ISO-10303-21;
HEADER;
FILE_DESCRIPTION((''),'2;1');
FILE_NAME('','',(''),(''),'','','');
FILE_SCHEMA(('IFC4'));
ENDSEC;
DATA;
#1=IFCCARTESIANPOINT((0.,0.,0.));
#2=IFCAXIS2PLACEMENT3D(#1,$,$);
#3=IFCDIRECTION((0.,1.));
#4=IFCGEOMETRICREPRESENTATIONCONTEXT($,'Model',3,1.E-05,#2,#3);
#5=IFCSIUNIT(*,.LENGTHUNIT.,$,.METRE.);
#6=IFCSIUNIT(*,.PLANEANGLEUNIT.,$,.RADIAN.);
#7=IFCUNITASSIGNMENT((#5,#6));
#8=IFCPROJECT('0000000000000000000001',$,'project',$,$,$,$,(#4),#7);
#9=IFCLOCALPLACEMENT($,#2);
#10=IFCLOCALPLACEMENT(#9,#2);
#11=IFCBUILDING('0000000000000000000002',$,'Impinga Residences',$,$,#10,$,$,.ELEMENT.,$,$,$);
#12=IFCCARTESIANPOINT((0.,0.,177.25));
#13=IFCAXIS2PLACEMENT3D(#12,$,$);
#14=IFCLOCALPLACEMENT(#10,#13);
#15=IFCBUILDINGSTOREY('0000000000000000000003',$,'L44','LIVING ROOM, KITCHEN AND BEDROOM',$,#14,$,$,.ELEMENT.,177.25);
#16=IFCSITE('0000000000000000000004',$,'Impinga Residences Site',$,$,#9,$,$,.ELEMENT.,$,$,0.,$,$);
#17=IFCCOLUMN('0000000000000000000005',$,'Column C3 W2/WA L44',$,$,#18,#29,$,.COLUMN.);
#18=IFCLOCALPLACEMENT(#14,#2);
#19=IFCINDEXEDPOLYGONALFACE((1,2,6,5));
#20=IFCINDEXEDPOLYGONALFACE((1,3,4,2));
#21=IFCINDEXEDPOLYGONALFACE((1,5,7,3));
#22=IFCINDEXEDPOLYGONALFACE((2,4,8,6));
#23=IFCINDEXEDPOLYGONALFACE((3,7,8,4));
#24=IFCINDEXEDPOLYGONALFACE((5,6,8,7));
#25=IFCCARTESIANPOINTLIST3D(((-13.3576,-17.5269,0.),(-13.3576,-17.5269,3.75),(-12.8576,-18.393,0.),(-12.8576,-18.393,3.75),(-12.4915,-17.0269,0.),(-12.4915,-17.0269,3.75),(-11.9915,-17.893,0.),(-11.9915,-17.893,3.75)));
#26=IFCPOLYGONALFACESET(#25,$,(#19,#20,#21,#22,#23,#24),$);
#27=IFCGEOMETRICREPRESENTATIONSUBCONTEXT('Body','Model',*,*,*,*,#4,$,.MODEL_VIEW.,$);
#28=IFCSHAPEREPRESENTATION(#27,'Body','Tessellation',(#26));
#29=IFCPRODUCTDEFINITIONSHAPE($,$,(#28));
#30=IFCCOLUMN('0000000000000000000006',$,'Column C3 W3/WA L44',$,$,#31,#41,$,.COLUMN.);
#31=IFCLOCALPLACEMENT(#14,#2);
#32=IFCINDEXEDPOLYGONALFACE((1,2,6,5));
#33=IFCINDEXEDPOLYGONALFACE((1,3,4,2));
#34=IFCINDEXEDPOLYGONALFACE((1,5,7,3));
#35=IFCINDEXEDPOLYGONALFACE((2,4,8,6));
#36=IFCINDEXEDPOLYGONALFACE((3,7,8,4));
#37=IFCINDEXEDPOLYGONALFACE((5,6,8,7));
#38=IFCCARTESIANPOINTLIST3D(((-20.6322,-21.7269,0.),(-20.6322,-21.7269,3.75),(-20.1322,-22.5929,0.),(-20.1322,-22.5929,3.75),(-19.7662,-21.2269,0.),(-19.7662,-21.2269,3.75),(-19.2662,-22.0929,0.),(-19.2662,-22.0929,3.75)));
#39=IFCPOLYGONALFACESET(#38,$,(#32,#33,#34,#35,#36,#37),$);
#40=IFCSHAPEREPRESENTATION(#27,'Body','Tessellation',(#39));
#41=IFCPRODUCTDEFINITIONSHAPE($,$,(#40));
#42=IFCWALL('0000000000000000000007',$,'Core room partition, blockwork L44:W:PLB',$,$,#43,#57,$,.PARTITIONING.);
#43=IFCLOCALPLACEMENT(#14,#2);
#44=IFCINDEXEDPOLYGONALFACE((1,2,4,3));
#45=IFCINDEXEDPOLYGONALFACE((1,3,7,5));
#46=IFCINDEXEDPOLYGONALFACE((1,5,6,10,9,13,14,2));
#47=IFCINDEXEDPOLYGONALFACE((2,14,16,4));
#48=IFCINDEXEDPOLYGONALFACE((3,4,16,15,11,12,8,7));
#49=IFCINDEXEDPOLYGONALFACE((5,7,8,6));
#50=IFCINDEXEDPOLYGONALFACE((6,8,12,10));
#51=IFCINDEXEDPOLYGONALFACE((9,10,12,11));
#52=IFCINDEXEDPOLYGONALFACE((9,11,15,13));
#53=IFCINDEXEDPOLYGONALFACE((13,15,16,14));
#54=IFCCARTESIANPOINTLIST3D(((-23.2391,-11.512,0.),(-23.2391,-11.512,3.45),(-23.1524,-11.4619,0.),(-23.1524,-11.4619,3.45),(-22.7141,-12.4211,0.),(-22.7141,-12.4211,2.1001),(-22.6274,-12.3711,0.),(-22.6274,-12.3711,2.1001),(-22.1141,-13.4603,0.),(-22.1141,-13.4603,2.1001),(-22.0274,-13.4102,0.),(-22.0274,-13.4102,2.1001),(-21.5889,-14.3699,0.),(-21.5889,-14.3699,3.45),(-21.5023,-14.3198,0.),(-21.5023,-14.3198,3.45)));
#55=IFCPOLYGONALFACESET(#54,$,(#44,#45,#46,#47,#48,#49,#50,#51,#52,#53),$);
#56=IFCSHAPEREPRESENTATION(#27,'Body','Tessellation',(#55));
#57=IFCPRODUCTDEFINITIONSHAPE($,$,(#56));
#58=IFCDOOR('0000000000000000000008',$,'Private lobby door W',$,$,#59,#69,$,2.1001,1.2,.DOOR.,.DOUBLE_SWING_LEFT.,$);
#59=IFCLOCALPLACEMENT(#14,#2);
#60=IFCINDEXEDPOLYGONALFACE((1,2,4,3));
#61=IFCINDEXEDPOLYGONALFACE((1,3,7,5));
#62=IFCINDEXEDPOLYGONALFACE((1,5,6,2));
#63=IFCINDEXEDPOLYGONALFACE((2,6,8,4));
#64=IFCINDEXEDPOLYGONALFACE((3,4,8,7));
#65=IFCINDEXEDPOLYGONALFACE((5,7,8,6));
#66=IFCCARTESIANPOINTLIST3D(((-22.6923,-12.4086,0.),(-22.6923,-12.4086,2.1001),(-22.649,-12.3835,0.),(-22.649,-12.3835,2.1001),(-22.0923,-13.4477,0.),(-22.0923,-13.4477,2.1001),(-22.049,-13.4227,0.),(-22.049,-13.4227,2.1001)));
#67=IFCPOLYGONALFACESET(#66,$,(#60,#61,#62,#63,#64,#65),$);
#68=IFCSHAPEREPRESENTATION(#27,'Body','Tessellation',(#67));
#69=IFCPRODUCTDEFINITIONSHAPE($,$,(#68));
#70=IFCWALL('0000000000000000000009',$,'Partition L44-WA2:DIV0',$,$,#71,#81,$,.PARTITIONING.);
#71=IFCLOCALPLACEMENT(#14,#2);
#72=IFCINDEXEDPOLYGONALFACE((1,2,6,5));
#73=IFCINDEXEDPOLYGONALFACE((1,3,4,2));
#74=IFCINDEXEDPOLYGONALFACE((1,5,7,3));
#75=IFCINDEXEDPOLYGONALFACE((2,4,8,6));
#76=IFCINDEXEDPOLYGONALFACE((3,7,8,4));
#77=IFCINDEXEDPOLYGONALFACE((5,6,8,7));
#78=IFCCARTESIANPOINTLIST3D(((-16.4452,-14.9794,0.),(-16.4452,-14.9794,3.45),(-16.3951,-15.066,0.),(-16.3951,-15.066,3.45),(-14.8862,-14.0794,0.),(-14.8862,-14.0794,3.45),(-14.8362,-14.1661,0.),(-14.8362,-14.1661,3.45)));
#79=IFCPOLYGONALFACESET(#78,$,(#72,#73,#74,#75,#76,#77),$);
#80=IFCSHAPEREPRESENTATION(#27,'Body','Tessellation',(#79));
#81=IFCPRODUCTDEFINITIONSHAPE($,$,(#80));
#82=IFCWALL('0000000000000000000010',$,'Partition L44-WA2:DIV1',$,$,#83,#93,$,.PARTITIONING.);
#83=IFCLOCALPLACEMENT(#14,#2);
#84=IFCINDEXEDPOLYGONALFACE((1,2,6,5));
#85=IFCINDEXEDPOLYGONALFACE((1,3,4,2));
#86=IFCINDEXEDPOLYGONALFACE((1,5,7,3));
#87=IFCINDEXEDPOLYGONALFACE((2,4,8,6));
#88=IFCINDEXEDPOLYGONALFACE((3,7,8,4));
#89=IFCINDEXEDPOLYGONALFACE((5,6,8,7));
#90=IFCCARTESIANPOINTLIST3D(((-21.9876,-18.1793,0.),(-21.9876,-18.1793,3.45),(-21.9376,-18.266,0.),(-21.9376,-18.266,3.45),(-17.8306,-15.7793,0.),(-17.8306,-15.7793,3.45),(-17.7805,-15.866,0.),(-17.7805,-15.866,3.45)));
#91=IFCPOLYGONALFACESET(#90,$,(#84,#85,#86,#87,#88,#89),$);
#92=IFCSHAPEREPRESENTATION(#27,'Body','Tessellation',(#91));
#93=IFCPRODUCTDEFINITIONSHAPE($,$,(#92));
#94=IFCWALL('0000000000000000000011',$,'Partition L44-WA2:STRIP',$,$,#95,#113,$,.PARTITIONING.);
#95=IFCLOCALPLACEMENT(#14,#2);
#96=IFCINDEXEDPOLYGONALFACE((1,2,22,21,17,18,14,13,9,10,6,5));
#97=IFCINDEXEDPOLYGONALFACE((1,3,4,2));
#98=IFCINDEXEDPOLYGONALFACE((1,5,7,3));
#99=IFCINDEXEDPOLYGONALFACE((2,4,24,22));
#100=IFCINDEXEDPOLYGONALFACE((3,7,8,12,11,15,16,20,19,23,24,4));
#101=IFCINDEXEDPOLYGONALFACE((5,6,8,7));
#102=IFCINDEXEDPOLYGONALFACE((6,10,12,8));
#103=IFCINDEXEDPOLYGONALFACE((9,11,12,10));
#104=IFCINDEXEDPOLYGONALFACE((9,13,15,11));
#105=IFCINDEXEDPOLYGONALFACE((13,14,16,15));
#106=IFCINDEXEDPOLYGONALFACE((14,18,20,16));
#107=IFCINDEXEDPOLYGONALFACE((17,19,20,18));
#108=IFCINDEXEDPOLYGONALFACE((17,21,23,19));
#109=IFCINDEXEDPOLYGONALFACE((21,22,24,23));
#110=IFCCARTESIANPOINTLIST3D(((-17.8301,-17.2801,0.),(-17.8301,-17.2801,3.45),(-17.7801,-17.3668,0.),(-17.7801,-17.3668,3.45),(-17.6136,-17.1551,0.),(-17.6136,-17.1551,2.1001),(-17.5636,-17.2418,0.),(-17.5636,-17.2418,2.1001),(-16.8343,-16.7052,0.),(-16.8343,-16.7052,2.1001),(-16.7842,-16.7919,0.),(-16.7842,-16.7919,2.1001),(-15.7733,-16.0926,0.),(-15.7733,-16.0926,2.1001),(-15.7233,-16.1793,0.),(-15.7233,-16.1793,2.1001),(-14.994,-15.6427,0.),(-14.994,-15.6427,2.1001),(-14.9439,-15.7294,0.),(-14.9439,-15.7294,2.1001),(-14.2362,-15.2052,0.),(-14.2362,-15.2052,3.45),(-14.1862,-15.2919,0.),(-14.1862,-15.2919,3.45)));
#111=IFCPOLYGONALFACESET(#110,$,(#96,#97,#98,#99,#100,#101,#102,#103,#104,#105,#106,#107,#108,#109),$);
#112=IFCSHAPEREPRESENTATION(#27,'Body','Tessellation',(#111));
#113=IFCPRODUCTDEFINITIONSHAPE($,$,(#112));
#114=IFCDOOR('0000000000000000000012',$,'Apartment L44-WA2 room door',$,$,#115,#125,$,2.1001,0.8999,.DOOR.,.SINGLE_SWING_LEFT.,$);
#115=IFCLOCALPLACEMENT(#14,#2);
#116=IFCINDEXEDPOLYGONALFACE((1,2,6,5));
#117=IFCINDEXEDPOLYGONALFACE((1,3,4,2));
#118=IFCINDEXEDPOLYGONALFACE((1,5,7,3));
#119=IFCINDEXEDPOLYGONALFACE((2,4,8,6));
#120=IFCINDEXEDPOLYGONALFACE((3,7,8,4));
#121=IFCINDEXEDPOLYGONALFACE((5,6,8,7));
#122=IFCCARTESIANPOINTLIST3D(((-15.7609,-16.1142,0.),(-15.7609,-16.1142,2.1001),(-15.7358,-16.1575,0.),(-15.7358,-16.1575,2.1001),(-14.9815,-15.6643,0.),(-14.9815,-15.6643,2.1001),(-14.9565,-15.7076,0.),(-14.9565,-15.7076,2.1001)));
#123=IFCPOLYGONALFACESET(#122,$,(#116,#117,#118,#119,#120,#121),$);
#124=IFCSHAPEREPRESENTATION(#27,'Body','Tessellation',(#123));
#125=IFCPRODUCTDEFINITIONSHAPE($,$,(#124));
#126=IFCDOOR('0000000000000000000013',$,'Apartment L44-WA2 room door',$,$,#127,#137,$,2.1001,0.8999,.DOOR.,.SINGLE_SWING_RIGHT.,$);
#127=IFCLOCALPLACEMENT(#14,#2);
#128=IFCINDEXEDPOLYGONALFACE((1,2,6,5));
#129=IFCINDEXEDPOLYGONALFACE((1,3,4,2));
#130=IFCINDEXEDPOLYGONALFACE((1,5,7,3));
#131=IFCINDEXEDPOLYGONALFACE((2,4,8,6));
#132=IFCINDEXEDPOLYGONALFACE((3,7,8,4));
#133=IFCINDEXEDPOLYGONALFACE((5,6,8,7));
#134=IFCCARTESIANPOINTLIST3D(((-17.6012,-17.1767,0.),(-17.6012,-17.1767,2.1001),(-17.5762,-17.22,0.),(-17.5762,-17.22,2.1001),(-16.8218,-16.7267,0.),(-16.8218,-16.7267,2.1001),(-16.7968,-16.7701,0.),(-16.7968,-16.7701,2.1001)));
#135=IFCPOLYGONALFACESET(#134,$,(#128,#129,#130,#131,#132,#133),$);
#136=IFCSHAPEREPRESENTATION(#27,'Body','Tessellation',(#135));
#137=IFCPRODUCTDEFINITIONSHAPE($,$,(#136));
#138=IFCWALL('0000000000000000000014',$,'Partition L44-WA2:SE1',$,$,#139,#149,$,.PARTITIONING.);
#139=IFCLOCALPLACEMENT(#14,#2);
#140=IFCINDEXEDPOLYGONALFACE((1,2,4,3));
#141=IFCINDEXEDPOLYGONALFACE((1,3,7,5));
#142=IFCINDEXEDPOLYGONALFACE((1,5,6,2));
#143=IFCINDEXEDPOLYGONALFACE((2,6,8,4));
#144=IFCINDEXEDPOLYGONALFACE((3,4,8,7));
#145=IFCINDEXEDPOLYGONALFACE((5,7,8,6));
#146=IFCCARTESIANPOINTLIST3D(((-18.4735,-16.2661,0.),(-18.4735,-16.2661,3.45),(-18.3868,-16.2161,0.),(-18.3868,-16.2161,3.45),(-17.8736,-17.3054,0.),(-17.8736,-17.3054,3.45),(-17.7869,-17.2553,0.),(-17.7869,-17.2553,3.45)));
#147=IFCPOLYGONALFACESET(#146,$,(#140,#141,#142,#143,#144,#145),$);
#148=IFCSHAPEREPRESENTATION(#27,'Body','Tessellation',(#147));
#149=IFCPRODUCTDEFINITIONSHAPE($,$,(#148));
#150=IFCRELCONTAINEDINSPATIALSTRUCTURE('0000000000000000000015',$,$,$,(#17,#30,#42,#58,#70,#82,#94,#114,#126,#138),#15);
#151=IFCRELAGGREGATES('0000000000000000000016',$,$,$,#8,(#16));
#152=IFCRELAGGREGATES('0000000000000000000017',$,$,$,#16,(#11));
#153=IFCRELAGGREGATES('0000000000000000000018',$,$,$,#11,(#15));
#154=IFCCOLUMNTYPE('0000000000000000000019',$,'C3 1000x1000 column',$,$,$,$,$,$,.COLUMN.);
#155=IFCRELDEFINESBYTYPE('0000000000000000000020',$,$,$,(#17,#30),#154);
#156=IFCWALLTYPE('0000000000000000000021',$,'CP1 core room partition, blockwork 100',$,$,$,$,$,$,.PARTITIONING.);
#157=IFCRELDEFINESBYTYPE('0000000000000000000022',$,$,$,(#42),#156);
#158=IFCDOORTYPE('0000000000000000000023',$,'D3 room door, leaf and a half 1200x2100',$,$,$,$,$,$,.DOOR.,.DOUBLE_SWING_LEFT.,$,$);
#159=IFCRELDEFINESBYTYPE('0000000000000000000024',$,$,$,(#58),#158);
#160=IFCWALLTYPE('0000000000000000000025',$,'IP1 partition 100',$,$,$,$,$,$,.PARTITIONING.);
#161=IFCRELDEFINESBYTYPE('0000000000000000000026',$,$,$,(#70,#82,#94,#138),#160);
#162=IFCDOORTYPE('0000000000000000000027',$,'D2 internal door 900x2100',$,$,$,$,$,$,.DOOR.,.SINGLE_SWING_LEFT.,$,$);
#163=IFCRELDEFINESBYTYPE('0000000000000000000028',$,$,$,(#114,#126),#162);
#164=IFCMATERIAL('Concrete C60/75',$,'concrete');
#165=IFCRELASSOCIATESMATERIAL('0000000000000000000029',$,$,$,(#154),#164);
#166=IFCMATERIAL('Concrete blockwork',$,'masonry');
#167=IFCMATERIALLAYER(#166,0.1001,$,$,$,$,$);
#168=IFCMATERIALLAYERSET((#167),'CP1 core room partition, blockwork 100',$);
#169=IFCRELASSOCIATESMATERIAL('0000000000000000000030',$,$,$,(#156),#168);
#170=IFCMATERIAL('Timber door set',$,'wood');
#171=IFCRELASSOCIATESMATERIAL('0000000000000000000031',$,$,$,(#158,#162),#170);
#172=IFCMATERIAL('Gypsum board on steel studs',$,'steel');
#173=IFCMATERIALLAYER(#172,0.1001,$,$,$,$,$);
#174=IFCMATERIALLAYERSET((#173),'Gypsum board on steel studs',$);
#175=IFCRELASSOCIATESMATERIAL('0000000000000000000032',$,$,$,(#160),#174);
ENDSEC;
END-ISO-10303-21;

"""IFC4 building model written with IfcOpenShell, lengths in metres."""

from ifc_helpers import new_model, si_unit, direction, frame, frame_2d, origin, origin_2d, place, context, subcontext, project, spatial, rectangle, extrude, material, layer, layer_set, material_profile, profile_set, type_object, element, fill, save


model = new_model("IFC4")

# Units and contexts
model_context = context("Model", 3, precision=1e-05, world=origin(), true_north=direction((0.0, 1.0)))
body_context = subcontext(model_context, "Body", "Model", "MODEL_VIEW")
ifc_project = project(units=[si_unit("LENGTHUNIT", "METRE"), si_unit("PLANEANGLEUNIT", "RADIAN")], contexts=[model_context])

# Site, building, storey
site_placement = place(None, origin())
site = spatial("IfcSite", under=ifc_project, at=site_placement, Name="Impinga Residences Site", CompositionType="ELEMENT", RefElevation=0.0)
building_placement = place(site_placement, origin())
building = spatial("IfcBuilding", under=site, at=building_placement, Name="Impinga Residences", CompositionType="ELEMENT")
storey_placement = place(building_placement, frame((0.0, 0.0, 177.25)))
storey = spatial("IfcBuildingStorey", under=building, at=storey_placement, Name="L44", Description="LIVING ROOM, KITCHEN AND BEDROOM", CompositionType="ELEMENT", Elevation=177.25)

# Columns
ifc_material_1 = material(Name="Concrete C60/75", Category="concrete")
ifc_material_profile = material_profile(ifc_material_1, rectangle(XDim=1.0, YDim=1.0, at=origin_2d()), Name="RC 1000x1000")
ifc_profile_set = profile_set([ifc_material_profile], Name="Concrete C60/75")
column_type = type_object("IfcColumnType", Name="C3 1000x1000 column", PredefinedType="COLUMN", material=ifc_profile_set)
for number, where, z_axis, x_axis, name in (
    (1, (-12.6746, -17.71, 0.0), (0.0, 0.0, 1.0), (-0.5, 0.866025, 0.0), "Column C3 W2/WA L44"),
    (2, (-19.9492, -21.9099, 0.0), (0.0, 0.0, 1.0), (-0.5, 0.866025, 0.0), "Column C3 W3/WA L44"),
):
    element("IfcColumn", number, at=place(storey_placement, frame(where, z_axis=z_axis, x_axis=x_axis)), inside=storey, type_object=column_type, Name=name, PredefinedType="COLUMN", context=body_context, shape_type="SweptSolid", body=[
        extrude(rectangle(XDim=1.0, YDim=1.0, at=origin_2d()), origin(), (0.0, 0.0, 1.0), 3.75),
    ])

# Wall, opening, door
ifc_material_2 = material(Name="Concrete blockwork", Category="masonry")
ifc_layer_1 = layer(ifc_material_2, 0.1001)
ifc_layer_set_1 = layer_set([ifc_layer_1], Name="CP1 core room partition, blockwork 100")
wall_type_1 = type_object("IfcWallType", Name="CP1 core room partition, blockwork 100", PredefinedType="PARTITIONING", material=ifc_layer_set_1)
wall_1_placement = place(storey_placement, frame((-21.5457, -14.3447, 0.0), z_axis=(0.0, 0.0, 1.0), x_axis=(-0.50003, 0.866008, 0.0)))
wall_1 = element("IfcWall", 3, at=wall_1_placement, inside=storey, type_object=wall_type_1, Name="Core room partition, blockwork L44:W:PLB", PredefinedType="PARTITIONING", context=body_context, shape_type="SweptSolid", body=[
    extrude(rectangle(XDim=3.3, YDim=0.1001, at=frame_2d((1.6499, 0.0))), origin(), (0.0, 0.0, 1.0), 3.45),
])
opening_1_placement = place(wall_1_placement, frame((1.05, 0.0, 0.0)))
opening_1 = element("IfcOpeningElement", 4, at=opening_1_placement, cuts=wall_1, PredefinedType="OPENING", context=body_context, shape_type="SweptSolid", body=[
    extrude(rectangle(XDim=1.2, YDim=2.1001, at=frame_2d((0.6001, 1.05))), frame((0.0, 0.0601, 0.0), z_axis=(0.0, -1.0, 0.0), x_axis=(1.0, 0.0, 0.0)), (0.0, 0.0, 1.0), 0.1201),
])
ifc_material_3 = material(Name="Timber door set", Category="wood")
door_type_1 = type_object("IfcDoorType", Name="D3 room door, leaf and a half 1200x2100", OperationType="DOUBLE_SWING_LEFT", PredefinedType="DOOR", material=ifc_material_3)
door_1_placement = place(opening_1_placement, origin())
door_1 = element("IfcDoor", 5, at=door_1_placement, inside=storey, type_object=door_type_1, Name="Private lobby door W", OperationType="DOUBLE_SWING_LEFT", OverallHeight=2.1001, OverallWidth=1.2, PredefinedType="DOOR", context=body_context, shape_type="SweptSolid", body=[
    extrude(rectangle(XDim=1.2, YDim=2.1001, at=frame_2d((0.6001, 1.05))), frame((0.0, 0.0249, 0.0), z_axis=(0.0, -1.0, 0.0), x_axis=(1.0, 0.0, 0.0)), (0.0, 0.0, 1.0), 0.05),
])
fill(opening_1, door_1)

# Walls
ifc_material_4 = material(Name="Gypsum board on steel studs", Category="steel")
ifc_layer_2 = layer(ifc_material_4, 0.1001)
ifc_layer_set_2 = layer_set([ifc_layer_2], Name="Gypsum board on steel studs")
wall_type_2 = type_object("IfcWallType", Name="IP1 partition 100", PredefinedType="PARTITIONING", material=ifc_layer_set_2)
wall_2_placement = place(storey_placement, frame((-14.8613, -14.1228, 0.0), z_axis=(0.0, 0.0, 1.0), x_axis=(-0.866048, -0.499961, 0.0)))
element("IfcWall", 6, at=wall_2_placement, inside=storey, type_object=wall_type_2, Name="Partition L44-WA2:DIV0", PredefinedType="PARTITIONING", context=body_context, shape_type="SweptSolid", body=[
    extrude(rectangle(XDim=1.8, YDim=0.1001, at=frame_2d((0.8999, 0.0))), origin(), (0.0, 0.0, 1.0), 3.45),
])
wall_3_placement = place(storey_placement, frame((-17.8057, -15.8228, 0.0), z_axis=(0.0, 0.0, 1.0), x_axis=(-0.866037, -0.499979, 0.0)))
element("IfcWall", 7, at=wall_3_placement, inside=storey, type_object=wall_type_2, Name="Partition L44-WA2:DIV1", PredefinedType="PARTITIONING", context=body_context, shape_type="SweptSolid", body=[
    extrude(rectangle(XDim=4.8, YDim=0.1001, at=frame_2d((2.3999, 0.0))), origin(), (0.0, 0.0, 1.0), 3.45),
])

# Wall, openings, doors
wall_4_placement = place(storey_placement, frame((-14.2112, -15.2485, 0.0), z_axis=(0.0, 0.0, 1.0), x_axis=(-0.86603, -0.499992, 0.0)))
wall_4 = element("IfcWall", 8, at=wall_4_placement, inside=storey, type_object=wall_type_2, Name="Partition L44-WA2:STRIP", PredefinedType="PARTITIONING", context=body_context, shape_type="SweptSolid", body=[
    extrude(rectangle(XDim=4.1499, YDim=0.1001, at=frame_2d((2.075, 0.0))), origin(), (0.0, 0.0, 1.0), 3.45),
])
opening_2_placement = place(wall_4_placement, frame((0.875, 0.0, 0.0)))
opening_2 = element("IfcOpeningElement", 9, at=opening_2_placement, cuts=wall_4, PredefinedType="OPENING", context=body_context, shape_type="SweptSolid", body=[
    extrude(rectangle(XDim=0.8999, YDim=2.1001, at=frame_2d((0.45, 1.05))), frame((0.0, 0.0601, 0.0), z_axis=(0.0, -1.0, 0.0), x_axis=(1.0, 0.0, 0.0)), (0.0, 0.0, 1.0), 0.1201),
])
opening_3_placement = place(wall_4_placement, frame((3.0, 0.0, 0.0)))
opening_3 = element("IfcOpeningElement", 10, at=opening_3_placement, cuts=wall_4, PredefinedType="OPENING", context=body_context, shape_type="SweptSolid", body=[
    extrude(rectangle(XDim=0.8999, YDim=2.1001, at=frame_2d((0.45, 1.05))), frame((0.0, 0.0601, 0.0), z_axis=(0.0, -1.0, 0.0), x_axis=(1.0, 0.0, 0.0)), (0.0, 0.0, 1.0), 0.1201),
])
door_type_2 = type_object("IfcDoorType", Name="D2 internal door 900x2100", OperationType="SINGLE_SWING_LEFT", PredefinedType="DOOR", material=ifc_material_3)
door_2_placement = place(opening_2_placement, origin())
door_2 = element("IfcDoor", 11, at=door_2_placement, inside=storey, type_object=door_type_2, Name="Apartment L44-WA2 room door", OperationType="SINGLE_SWING_LEFT", OverallHeight=2.1001, OverallWidth=0.8999, PredefinedType="DOOR", context=body_context, shape_type="SweptSolid", body=[
    extrude(rectangle(XDim=0.8999, YDim=2.1001, at=frame_2d((0.45, 1.05))), frame((0.0, 0.0249, 0.0), z_axis=(0.0, -1.0, 0.0), x_axis=(1.0, 0.0, 0.0)), (0.0, 0.0, 1.0), 0.05),
])
fill(opening_2, door_2)
door_3_placement = place(opening_3_placement, origin())
door_3 = element("IfcDoor", 12, at=door_3_placement, inside=storey, type_object=door_type_2, Name="Apartment L44-WA2 room door", OperationType="SINGLE_SWING_RIGHT", OverallHeight=2.1001, OverallWidth=0.8999, PredefinedType="DOOR", context=body_context, shape_type="SweptSolid", body=[
    extrude(rectangle(XDim=0.8999, YDim=2.1001, at=frame_2d((0.45, 1.05))), frame((0.0, 0.0249, 0.0), z_axis=(0.0, -1.0, 0.0), x_axis=(1.0, 0.0, 0.0)), (0.0, 0.0, 1.0), 0.05),
])
fill(opening_3, door_3)

# Wall
wall_5_placement = place(storey_placement, frame((-18.4302, -16.241, 0.0), z_axis=(0.0, 0.0, 1.0), x_axis=(0.499881, -0.866094, 0.0)))
element("IfcWall", 13, at=wall_5_placement, inside=storey, type_object=wall_type_2, Name="Partition L44-WA2:SE1", PredefinedType="PARTITIONING", context=body_context, shape_type="SweptSolid", body=[
    extrude(rectangle(XDim=1.2, YDim=0.1001, at=frame_2d((0.6001, 0.0))), origin(), (0.0, 0.0, 1.0), 3.45),
])

save(model, "model.ifc")
